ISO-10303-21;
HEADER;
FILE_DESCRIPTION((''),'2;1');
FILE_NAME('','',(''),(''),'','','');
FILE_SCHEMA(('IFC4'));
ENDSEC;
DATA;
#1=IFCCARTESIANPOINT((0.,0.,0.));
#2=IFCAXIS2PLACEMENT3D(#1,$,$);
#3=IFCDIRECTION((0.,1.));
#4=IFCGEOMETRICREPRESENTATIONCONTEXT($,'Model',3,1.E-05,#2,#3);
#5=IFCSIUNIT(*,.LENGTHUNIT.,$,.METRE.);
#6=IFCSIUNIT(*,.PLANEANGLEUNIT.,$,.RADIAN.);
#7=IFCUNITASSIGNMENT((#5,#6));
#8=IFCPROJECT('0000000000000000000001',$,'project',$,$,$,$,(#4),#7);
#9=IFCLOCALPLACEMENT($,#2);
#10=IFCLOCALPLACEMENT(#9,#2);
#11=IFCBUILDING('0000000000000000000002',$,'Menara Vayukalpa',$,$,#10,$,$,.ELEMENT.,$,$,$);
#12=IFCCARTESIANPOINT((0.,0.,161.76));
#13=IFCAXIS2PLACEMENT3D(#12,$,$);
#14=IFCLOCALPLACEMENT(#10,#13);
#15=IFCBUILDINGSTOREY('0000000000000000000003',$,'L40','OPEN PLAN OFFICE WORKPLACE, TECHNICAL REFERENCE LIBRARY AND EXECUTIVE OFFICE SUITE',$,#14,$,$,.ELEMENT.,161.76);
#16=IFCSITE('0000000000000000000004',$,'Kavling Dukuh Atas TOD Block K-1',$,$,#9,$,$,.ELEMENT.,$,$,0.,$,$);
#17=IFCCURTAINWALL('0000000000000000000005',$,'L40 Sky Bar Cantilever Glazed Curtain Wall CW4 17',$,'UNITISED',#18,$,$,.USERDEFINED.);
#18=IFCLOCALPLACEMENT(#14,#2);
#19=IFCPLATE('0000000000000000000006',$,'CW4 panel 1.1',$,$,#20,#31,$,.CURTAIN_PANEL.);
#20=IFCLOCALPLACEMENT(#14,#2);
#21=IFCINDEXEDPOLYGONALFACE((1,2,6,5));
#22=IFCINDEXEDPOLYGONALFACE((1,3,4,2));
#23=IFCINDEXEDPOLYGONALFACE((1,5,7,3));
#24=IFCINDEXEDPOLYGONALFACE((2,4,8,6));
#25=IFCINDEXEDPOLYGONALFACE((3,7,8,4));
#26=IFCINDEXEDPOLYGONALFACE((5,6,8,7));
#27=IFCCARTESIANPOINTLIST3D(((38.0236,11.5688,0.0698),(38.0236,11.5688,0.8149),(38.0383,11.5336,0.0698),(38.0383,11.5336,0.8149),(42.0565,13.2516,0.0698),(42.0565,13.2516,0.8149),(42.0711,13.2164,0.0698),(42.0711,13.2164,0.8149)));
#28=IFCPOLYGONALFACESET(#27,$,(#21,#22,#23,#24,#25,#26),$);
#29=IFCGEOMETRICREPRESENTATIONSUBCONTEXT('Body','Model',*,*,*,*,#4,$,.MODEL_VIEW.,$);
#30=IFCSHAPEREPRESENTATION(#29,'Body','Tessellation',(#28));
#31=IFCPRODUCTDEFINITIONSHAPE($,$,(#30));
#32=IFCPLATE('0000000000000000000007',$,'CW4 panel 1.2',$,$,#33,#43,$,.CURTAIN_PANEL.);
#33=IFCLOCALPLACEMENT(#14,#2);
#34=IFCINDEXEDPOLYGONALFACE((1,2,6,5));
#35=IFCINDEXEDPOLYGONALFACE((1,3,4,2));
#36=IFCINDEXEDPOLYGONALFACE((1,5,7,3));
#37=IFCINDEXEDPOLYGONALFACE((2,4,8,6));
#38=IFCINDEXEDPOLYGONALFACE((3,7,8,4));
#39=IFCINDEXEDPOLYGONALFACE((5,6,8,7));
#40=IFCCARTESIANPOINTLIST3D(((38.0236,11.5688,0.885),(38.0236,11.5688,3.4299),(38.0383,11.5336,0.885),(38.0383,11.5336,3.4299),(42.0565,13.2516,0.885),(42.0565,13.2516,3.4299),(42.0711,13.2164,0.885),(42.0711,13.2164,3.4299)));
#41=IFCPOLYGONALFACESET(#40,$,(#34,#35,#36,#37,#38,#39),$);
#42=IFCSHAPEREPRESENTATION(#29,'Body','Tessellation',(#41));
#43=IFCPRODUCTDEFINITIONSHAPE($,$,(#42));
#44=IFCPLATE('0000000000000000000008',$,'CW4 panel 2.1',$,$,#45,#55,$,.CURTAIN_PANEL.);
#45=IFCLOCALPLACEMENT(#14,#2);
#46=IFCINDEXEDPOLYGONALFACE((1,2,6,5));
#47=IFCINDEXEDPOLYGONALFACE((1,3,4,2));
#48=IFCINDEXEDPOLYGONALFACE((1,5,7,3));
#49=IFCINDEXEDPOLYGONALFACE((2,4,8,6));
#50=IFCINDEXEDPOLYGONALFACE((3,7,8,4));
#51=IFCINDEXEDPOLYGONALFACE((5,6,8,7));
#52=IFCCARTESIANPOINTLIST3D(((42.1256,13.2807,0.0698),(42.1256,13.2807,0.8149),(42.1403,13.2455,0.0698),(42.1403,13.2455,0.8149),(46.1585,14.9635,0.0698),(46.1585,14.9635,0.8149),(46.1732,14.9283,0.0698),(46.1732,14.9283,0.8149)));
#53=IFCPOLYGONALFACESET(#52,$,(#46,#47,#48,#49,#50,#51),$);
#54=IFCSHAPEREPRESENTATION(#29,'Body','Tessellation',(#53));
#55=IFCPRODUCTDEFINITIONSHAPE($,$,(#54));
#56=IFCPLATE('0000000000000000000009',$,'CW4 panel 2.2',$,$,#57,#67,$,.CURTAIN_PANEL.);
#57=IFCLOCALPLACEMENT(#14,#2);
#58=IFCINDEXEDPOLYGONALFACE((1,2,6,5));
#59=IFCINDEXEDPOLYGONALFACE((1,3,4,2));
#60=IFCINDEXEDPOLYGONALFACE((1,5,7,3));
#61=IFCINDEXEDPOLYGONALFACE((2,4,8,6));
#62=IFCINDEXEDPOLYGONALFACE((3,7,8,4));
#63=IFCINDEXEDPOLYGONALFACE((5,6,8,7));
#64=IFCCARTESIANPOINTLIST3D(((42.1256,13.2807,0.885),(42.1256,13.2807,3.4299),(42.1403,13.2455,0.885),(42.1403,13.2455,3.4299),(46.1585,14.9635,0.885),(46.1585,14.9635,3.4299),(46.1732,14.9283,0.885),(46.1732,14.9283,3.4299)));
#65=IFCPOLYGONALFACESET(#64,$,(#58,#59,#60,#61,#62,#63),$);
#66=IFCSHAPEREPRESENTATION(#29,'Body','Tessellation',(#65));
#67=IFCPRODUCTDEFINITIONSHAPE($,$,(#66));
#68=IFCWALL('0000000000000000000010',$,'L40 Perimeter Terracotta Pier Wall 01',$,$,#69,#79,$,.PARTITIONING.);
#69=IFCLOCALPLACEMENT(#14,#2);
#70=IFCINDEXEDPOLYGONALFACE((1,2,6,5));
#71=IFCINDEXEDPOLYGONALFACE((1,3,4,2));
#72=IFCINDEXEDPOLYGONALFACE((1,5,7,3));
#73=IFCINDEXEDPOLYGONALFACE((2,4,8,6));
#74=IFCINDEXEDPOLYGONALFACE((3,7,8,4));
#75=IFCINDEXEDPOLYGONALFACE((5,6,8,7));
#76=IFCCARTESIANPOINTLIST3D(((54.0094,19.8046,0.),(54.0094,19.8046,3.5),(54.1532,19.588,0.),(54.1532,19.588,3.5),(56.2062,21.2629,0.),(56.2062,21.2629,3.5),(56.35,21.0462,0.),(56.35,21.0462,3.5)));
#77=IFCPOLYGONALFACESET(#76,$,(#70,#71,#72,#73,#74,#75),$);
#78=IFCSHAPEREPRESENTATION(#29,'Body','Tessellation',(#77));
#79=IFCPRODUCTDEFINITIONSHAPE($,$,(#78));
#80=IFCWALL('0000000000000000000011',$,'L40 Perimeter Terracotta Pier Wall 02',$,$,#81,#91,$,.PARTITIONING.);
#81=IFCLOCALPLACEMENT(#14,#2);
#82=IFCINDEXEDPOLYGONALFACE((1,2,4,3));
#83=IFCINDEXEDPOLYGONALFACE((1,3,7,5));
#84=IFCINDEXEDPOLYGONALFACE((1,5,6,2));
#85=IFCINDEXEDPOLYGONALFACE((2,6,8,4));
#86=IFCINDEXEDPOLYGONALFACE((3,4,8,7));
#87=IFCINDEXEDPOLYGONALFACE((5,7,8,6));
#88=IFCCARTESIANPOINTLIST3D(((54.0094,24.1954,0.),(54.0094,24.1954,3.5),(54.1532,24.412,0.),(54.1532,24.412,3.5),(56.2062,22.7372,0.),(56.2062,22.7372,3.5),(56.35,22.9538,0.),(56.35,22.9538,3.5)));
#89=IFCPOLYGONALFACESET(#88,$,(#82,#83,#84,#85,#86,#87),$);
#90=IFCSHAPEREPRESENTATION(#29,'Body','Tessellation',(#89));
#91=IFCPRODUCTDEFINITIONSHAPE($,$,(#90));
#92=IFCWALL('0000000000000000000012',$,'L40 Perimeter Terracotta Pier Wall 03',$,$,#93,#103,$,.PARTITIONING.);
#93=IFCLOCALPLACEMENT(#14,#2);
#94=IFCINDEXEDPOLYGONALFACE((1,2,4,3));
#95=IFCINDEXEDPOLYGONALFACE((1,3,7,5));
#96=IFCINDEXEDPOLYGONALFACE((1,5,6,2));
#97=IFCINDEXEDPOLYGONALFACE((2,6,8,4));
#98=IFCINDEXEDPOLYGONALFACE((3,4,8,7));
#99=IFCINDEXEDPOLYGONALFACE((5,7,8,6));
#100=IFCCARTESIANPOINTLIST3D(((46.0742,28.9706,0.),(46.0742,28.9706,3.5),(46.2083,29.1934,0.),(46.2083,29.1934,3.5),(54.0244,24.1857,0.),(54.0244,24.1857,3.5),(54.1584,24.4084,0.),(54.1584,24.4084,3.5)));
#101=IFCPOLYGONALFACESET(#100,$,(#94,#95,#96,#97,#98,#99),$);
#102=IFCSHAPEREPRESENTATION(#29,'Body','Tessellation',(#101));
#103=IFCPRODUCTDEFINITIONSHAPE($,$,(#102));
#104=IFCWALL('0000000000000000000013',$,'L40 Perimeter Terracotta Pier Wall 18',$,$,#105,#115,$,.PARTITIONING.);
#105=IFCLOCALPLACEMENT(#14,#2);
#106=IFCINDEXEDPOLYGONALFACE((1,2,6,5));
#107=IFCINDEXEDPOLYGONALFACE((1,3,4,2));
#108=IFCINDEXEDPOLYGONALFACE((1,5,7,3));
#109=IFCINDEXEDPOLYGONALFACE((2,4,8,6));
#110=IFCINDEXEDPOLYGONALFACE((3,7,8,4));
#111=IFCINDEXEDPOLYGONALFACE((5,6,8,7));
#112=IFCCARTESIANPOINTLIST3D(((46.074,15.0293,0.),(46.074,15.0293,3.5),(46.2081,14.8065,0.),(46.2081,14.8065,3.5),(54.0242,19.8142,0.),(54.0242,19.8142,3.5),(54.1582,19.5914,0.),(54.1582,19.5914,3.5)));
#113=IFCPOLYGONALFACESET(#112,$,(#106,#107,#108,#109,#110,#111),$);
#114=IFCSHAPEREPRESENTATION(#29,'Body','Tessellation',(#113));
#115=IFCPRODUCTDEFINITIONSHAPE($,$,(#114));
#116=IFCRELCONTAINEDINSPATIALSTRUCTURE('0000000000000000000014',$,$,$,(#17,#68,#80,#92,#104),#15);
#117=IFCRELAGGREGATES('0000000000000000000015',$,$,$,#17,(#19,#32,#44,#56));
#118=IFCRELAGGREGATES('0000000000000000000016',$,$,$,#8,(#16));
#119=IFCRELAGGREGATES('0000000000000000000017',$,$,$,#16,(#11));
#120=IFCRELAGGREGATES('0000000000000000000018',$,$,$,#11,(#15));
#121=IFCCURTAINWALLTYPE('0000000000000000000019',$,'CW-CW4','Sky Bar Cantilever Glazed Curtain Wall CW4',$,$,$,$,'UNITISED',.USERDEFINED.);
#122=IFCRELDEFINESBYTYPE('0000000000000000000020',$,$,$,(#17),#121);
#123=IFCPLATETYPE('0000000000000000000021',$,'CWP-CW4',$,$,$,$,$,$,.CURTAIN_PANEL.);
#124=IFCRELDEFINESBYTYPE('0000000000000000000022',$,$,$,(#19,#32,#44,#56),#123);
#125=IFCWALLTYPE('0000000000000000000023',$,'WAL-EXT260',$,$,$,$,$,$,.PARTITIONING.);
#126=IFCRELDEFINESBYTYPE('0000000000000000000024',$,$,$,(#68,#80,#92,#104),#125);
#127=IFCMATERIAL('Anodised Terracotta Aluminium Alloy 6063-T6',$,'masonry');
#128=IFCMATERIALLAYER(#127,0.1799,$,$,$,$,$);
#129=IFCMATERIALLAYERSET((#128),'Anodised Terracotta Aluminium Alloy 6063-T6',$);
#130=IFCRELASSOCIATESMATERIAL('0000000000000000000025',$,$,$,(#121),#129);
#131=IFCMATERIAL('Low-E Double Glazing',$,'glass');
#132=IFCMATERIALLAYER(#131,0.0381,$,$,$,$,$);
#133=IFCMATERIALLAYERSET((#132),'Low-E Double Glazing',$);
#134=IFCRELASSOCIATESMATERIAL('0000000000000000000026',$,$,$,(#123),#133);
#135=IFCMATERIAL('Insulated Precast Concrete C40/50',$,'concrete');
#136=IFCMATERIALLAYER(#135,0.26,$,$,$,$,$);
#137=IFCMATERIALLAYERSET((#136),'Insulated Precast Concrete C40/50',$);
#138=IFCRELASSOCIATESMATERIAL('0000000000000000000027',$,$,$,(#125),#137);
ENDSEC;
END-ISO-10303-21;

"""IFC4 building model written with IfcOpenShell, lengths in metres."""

from ifc_helpers import new_model, si_unit, direction, frame, frame_2d, origin, origin_2d, place, context, subcontext, project, spatial, rectangle, extrude, material, layer, layer_set, type_object, element, aggregate, save


model = new_model("IFC4")

# Units and contexts
model_context = context("Model", 3, precision=1e-05, world=origin(), true_north=direction((0.0, 1.0)))
body_context = subcontext(model_context, "Body", "Model", "MODEL_VIEW")
ifc_project = project(units=[si_unit("LENGTHUNIT", "METRE"), si_unit("PLANEANGLEUNIT", "RADIAN")], contexts=[model_context])

# Site, building, storey
site_placement = place(None, origin())
site = spatial("IfcSite", under=ifc_project, at=site_placement, Name="Kavling Dukuh Atas TOD Block K-1", CompositionType="ELEMENT", RefElevation=0.0)
building_placement = place(site_placement, origin())
building = spatial("IfcBuilding", under=site, at=building_placement, Name="Menara Vayukalpa", CompositionType="ELEMENT")
storey_placement = place(building_placement, frame((0.0, 0.0, 161.76)))
storey = spatial("IfcBuildingStorey", under=building, at=storey_placement, Name="L40", Description="OPEN PLAN OFFICE WORKPLACE, TECHNICAL REFERENCE LIBRARY AND EXECUTIVE OFFICE SUITE", CompositionType="ELEMENT", Elevation=161.76)

# Curtain wall
ifc_material_1 = material(Name="Anodised Terracotta Aluminium Alloy 6063-T6", Category="masonry")
ifc_layer_1 = layer(ifc_material_1, 0.1799)
ifc_layer_set_1 = layer_set([ifc_layer_1], Name="Anodised Terracotta Aluminium Alloy 6063-T6")
curtain_wall_type = type_object("IfcCurtainWallType", Name="CW-CW4", Description="Sky Bar Cantilever Glazed Curtain Wall CW4", ElementType="UNITISED", PredefinedType="USERDEFINED", material=ifc_layer_set_1)
curtain_wall_1_placement = place(storey_placement, origin())
curtain_wall_1 = element("IfcCurtainWall", 1, at=curtain_wall_1_placement, inside=storey, type_object=curtain_wall_type, Name="L40 Sky Bar Cantilever Glazed Curtain Wall CW4 17", ObjectType="UNITISED", PredefinedType="USERDEFINED")

# Plates
ifc_material_2 = material(Name="Low-E Double Glazing", Category="glass")
ifc_layer_2 = layer(ifc_material_2, 0.0381)
ifc_layer_set_2 = layer_set([ifc_layer_2], Name="Low-E Double Glazing")
plate_type = type_object("IfcPlateType", Name="CWP-CW4", PredefinedType="CURTAIN_PANEL", material=ifc_layer_set_2)
plate_1_placement = place(storey_placement, frame((40.0474, 12.3926, 0.0698), z_axis=(0.0, 0.0, 1.0), x_axis=(0.922878, 0.385091, 0.0)))
plate_1 = element("IfcPlate", 2, at=plate_1_placement, type_object=plate_type, Name="CW4 panel 1.1", PredefinedType="CURTAIN_PANEL", context=body_context, shape_type="SweptSolid", body=[
    extrude(rectangle(XDim=4.3699, YDim=0.0381, at=origin_2d()), origin(), (0.0, 0.0, 1.0), 0.7451),
])
plate_2_placement = place(storey_placement, frame((40.0474, 12.3926, 0.885), z_axis=(0.0, 0.0, 1.0), x_axis=(0.922878, 0.385091, 0.0)))
plate_2 = element("IfcPlate", 3, at=plate_2_placement, type_object=plate_type, Name="CW4 panel 1.2", PredefinedType="CURTAIN_PANEL", context=body_context, shape_type="SweptSolid", body=[
    extrude(rectangle(XDim=4.3699, YDim=0.0381, at=origin_2d()), origin(), (0.0, 0.0, 1.0), 2.5449),
])
plate_3_placement = place(storey_placement, frame((44.1494, 14.1045, 0.0698), z_axis=(0.0, 0.0, 1.0), x_axis=(0.922878, 0.385091, 0.0)))
plate_3 = element("IfcPlate", 4, at=plate_3_placement, type_object=plate_type, Name="CW4 panel 2.1", PredefinedType="CURTAIN_PANEL", context=body_context, shape_type="SweptSolid", body=[
    extrude(rectangle(XDim=4.3699, YDim=0.0381, at=origin_2d()), origin(), (0.0, 0.0, 1.0), 0.7451),
])
plate_4_placement = place(storey_placement, frame((44.1494, 14.1045, 0.885), z_axis=(0.0, 0.0, 1.0), x_axis=(0.922878, 0.385091, 0.0)))
plate_4 = element("IfcPlate", 5, at=plate_4_placement, type_object=plate_type, Name="CW4 panel 2.2", PredefinedType="CURTAIN_PANEL", context=body_context, shape_type="SweptSolid", body=[
    extrude(rectangle(XDim=4.3699, YDim=0.0381, at=origin_2d()), origin(), (0.0, 0.0, 1.0), 2.5449),
])
aggregate(curtain_wall_1, [plate_1, plate_2, plate_3, plate_4])

# Walls
ifc_material_3 = material(Name="Insulated Precast Concrete C40/50", Category="concrete")
ifc_layer_3 = layer(ifc_material_3, 0.26)
ifc_layer_set_3 = layer_set([ifc_layer_3], Name="Insulated Precast Concrete C40/50")
wall_type = type_object("IfcWallType", Name="WAL-EXT260", PredefinedType="PARTITIONING", material=ifc_layer_set_3)
for number, where, z_axis, x_axis, name in (
    (6, (56.2781, 21.1545, 0.0), (0.0, 0.0, 1.0), (-0.833146, -0.553054, 0.0), "L40 Perimeter Terracotta Pier Wall 01"),
    (7, (54.0813, 24.3037, 0.0), (0.0, 0.0, 1.0), (0.833146, -0.553054, 0.0), "L40 Perimeter Terracotta Pier Wall 02"),
):
    element("IfcWall", number, at=place(storey_placement, frame(where, z_axis=z_axis, x_axis=x_axis)), inside=storey, type_object=wall_type, Name=name, PredefinedType="PARTITIONING", context=body_context, shape_type="SweptSolid", body=[
        extrude(rectangle(XDim=2.6367, YDim=0.26, at=frame_2d((1.3184, 0.0))), origin(), (0.0, 0.0, 1.0), 3.5),
    ])
for number, where, z_axis, x_axis, name in (
    (8, (46.1411, 29.082, 0.0), (0.0, 0.0, 1.0), (0.856789, -0.515668, 0.0), "L40 Perimeter Terracotta Pier Wall 03"),
    (9, (54.0913, 19.7029, 0.0), (0.0, 0.0, 1.0), (-0.856789, -0.515668, 0.0), "L40 Perimeter Terracotta Pier Wall 18"),
):
    element("IfcWall", number, at=place(storey_placement, frame(where, z_axis=z_axis, x_axis=x_axis)), inside=storey, type_object=wall_type, Name=name, PredefinedType="PARTITIONING", context=body_context, shape_type="SweptSolid", body=[
        extrude(rectangle(XDim=9.2791, YDim=0.26, at=frame_2d((4.6396, 0.0))), origin(), (0.0, 0.0, 1.0), 3.5),
    ])

save(model, "model.ifc")
